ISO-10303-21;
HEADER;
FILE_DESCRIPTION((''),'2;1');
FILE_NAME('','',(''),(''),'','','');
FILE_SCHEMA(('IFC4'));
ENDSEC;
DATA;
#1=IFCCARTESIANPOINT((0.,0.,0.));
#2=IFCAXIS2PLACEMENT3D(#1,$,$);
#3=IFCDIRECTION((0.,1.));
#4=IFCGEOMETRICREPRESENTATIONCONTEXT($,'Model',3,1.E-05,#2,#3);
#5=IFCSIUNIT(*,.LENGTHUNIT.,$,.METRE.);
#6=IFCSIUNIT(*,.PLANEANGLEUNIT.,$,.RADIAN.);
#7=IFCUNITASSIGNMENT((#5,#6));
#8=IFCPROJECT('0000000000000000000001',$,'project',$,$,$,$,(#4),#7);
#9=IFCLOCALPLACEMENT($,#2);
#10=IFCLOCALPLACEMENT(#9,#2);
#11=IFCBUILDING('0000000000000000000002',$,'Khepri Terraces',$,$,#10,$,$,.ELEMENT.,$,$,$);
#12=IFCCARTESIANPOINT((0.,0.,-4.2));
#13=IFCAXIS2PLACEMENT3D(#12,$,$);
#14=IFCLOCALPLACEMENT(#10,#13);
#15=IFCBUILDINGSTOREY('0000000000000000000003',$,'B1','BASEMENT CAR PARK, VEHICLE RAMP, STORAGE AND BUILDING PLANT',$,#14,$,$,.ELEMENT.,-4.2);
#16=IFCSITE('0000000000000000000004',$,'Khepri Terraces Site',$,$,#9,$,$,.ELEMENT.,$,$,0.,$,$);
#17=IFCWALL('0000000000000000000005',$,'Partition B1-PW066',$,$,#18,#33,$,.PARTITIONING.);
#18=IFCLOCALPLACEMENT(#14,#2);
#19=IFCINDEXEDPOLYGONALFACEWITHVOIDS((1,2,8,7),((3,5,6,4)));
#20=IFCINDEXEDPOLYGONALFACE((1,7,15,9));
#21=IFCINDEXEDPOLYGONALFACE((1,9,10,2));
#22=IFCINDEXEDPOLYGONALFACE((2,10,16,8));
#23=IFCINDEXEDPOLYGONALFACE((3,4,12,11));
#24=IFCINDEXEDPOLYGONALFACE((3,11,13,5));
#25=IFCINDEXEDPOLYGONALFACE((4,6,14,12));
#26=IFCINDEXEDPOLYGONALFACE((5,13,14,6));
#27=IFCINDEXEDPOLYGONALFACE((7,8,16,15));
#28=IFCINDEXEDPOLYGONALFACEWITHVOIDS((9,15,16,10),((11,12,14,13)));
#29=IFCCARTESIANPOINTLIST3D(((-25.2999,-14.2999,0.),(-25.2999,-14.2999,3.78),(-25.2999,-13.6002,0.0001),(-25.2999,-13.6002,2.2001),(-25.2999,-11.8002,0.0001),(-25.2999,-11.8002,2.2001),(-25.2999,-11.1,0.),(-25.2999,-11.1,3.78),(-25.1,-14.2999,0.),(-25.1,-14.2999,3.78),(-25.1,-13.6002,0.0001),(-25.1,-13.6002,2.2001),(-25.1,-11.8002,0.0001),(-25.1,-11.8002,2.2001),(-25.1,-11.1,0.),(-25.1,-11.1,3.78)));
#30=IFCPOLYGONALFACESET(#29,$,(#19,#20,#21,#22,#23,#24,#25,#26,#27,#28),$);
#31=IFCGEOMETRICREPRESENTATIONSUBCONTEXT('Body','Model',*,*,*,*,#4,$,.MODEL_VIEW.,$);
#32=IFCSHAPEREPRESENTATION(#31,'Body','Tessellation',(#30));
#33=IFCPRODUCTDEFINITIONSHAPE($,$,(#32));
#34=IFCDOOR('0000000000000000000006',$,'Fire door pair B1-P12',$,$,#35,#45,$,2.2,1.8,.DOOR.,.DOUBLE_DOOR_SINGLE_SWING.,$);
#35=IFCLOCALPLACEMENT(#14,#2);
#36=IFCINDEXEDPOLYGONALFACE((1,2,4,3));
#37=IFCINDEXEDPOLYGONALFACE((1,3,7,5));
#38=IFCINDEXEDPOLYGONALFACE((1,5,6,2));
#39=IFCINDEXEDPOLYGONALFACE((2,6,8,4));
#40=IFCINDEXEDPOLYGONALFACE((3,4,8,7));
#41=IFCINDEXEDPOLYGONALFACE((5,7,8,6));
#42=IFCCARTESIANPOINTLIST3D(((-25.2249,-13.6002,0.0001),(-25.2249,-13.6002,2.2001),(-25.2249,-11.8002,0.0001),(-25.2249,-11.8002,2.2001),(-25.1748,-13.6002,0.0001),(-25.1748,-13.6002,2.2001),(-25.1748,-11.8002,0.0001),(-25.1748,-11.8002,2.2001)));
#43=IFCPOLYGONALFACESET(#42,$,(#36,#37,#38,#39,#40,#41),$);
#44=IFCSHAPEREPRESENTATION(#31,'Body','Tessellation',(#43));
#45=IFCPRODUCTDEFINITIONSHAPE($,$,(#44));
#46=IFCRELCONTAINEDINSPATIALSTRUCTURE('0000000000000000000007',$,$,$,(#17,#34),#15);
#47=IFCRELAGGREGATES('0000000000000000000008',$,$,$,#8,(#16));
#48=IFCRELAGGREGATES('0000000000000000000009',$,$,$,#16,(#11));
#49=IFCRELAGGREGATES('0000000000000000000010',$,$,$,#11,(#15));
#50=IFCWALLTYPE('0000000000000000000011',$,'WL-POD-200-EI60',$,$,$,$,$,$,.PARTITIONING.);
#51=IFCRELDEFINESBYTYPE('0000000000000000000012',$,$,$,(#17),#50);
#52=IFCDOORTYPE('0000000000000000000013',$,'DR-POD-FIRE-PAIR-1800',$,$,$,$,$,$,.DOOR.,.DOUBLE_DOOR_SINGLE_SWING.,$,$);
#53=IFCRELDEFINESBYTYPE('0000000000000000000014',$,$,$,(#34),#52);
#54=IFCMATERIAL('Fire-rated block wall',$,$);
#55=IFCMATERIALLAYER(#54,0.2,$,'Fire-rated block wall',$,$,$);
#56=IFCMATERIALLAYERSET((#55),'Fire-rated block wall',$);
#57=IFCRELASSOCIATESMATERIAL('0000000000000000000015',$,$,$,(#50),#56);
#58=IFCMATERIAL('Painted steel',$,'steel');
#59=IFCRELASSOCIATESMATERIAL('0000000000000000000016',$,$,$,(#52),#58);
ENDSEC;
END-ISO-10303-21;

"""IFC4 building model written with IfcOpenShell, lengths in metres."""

from ifc_helpers import new_model, si_unit, direction, frame, frame_2d, origin, place, context, subcontext, project, spatial, rectangle, extrude, material, layer, layer_set, type_object, element, fill, save


model = new_model("IFC4")

# Units and contexts
model_context = context("Model", 3, precision=1e-05, world=origin(), true_north=direction((0.0, 1.0)))
body_context = subcontext(model_context, "Body", "Model", "MODEL_VIEW")
ifc_project = project(units=[si_unit("LENGTHUNIT", "METRE"), si_unit("PLANEANGLEUNIT", "RADIAN")], contexts=[model_context])

# Site, building, storey
site_placement = place(None, origin())
site = spatial("IfcSite", under=ifc_project, at=site_placement, Name="Khepri Terraces Site", CompositionType="ELEMENT", RefElevation=0.0)
building_placement = place(site_placement, origin())
building = spatial("IfcBuilding", under=site, at=building_placement, Name="Khepri Terraces", CompositionType="ELEMENT")
storey_placement = place(building_placement, frame((0.0, 0.0, -4.2)))
storey = spatial("IfcBuildingStorey", under=building, at=storey_placement, Name="B1", Description="BASEMENT CAR PARK, VEHICLE RAMP, STORAGE AND BUILDING PLANT", CompositionType="ELEMENT", Elevation=-4.2)

# Shared definitions
ifc_material_1 = material(Name="Fire-rated block wall")
ifc_material_2 = material(Name="Painted steel", Category="steel")

# Wall, opening, door
ifc_layer_1 = layer(ifc_material_1, 0.2, Name="Fire-rated block wall")
ifc_layer_set_1 = layer_set([ifc_layer_1], Name="Fire-rated block wall")
wall_type_1 = type_object("IfcWallType", Name="WL-POD-200-EI60", PredefinedType="PARTITIONING", material=ifc_layer_set_1)
wall_1_placement = place(storey_placement, frame((-25.2, -14.3, 0.0), z_axis=(0.0, 0.0, 1.0), x_axis=(0.0, 1.0, 0.0)))
wall_1 = element("IfcWall", 1, at=wall_1_placement, inside=storey, type_object=wall_type_1, Name="Partition B1-PW066", PredefinedType="PARTITIONING", context=body_context, shape_type="SweptSolid", body=[
    extrude(rectangle(XDim=3.2, YDim=0.2, at=frame_2d((1.6001, 0.0))), origin(), (0.0, 0.0, 1.0), 3.78),
])
opening_1_placement = place(wall_1_placement, frame((0.7, 0.0, 0.0)))
opening_1 = element("IfcOpeningElement", 2, at=opening_1_placement, cuts=wall_1, PredefinedType="OPENING", context=body_context, shape_type="SweptSolid", body=[
    extrude(rectangle(XDim=1.8, YDim=2.2, at=frame_2d((0.8999, 1.1001))), frame((0.0, 0.1099, 0.0), z_axis=(0.0, -1.0, 0.0), x_axis=(1.0, 0.0, 0.0)), (0.0, 0.0, 1.0), 0.22),
])
door_type_1 = type_object("IfcDoorType", Name="DR-POD-FIRE-PAIR-1800", OperationType="DOUBLE_DOOR_SINGLE_SWING", PredefinedType="DOOR", material=ifc_material_2)
door_1_placement = place(opening_1_placement, origin())
door_1 = element("IfcDoor", 3, at=door_1_placement, inside=storey, type_object=door_type_1, Name="Fire door pair B1-P12", OperationType="DOUBLE_DOOR_SINGLE_SWING", OverallHeight=2.2, OverallWidth=1.8, PredefinedType="DOOR", context=body_context, shape_type="SweptSolid", body=[
    extrude(rectangle(XDim=1.8, YDim=2.2, at=frame_2d((0.8999, 1.1001))), frame((0.0, 0.0249, 0.0), z_axis=(0.0, -1.0, 0.0), x_axis=(1.0, 0.0, 0.0)), (0.0, 0.0, 1.0), 0.05),
])
fill(opening_1, door_1)

save(model, "model.ifc")
